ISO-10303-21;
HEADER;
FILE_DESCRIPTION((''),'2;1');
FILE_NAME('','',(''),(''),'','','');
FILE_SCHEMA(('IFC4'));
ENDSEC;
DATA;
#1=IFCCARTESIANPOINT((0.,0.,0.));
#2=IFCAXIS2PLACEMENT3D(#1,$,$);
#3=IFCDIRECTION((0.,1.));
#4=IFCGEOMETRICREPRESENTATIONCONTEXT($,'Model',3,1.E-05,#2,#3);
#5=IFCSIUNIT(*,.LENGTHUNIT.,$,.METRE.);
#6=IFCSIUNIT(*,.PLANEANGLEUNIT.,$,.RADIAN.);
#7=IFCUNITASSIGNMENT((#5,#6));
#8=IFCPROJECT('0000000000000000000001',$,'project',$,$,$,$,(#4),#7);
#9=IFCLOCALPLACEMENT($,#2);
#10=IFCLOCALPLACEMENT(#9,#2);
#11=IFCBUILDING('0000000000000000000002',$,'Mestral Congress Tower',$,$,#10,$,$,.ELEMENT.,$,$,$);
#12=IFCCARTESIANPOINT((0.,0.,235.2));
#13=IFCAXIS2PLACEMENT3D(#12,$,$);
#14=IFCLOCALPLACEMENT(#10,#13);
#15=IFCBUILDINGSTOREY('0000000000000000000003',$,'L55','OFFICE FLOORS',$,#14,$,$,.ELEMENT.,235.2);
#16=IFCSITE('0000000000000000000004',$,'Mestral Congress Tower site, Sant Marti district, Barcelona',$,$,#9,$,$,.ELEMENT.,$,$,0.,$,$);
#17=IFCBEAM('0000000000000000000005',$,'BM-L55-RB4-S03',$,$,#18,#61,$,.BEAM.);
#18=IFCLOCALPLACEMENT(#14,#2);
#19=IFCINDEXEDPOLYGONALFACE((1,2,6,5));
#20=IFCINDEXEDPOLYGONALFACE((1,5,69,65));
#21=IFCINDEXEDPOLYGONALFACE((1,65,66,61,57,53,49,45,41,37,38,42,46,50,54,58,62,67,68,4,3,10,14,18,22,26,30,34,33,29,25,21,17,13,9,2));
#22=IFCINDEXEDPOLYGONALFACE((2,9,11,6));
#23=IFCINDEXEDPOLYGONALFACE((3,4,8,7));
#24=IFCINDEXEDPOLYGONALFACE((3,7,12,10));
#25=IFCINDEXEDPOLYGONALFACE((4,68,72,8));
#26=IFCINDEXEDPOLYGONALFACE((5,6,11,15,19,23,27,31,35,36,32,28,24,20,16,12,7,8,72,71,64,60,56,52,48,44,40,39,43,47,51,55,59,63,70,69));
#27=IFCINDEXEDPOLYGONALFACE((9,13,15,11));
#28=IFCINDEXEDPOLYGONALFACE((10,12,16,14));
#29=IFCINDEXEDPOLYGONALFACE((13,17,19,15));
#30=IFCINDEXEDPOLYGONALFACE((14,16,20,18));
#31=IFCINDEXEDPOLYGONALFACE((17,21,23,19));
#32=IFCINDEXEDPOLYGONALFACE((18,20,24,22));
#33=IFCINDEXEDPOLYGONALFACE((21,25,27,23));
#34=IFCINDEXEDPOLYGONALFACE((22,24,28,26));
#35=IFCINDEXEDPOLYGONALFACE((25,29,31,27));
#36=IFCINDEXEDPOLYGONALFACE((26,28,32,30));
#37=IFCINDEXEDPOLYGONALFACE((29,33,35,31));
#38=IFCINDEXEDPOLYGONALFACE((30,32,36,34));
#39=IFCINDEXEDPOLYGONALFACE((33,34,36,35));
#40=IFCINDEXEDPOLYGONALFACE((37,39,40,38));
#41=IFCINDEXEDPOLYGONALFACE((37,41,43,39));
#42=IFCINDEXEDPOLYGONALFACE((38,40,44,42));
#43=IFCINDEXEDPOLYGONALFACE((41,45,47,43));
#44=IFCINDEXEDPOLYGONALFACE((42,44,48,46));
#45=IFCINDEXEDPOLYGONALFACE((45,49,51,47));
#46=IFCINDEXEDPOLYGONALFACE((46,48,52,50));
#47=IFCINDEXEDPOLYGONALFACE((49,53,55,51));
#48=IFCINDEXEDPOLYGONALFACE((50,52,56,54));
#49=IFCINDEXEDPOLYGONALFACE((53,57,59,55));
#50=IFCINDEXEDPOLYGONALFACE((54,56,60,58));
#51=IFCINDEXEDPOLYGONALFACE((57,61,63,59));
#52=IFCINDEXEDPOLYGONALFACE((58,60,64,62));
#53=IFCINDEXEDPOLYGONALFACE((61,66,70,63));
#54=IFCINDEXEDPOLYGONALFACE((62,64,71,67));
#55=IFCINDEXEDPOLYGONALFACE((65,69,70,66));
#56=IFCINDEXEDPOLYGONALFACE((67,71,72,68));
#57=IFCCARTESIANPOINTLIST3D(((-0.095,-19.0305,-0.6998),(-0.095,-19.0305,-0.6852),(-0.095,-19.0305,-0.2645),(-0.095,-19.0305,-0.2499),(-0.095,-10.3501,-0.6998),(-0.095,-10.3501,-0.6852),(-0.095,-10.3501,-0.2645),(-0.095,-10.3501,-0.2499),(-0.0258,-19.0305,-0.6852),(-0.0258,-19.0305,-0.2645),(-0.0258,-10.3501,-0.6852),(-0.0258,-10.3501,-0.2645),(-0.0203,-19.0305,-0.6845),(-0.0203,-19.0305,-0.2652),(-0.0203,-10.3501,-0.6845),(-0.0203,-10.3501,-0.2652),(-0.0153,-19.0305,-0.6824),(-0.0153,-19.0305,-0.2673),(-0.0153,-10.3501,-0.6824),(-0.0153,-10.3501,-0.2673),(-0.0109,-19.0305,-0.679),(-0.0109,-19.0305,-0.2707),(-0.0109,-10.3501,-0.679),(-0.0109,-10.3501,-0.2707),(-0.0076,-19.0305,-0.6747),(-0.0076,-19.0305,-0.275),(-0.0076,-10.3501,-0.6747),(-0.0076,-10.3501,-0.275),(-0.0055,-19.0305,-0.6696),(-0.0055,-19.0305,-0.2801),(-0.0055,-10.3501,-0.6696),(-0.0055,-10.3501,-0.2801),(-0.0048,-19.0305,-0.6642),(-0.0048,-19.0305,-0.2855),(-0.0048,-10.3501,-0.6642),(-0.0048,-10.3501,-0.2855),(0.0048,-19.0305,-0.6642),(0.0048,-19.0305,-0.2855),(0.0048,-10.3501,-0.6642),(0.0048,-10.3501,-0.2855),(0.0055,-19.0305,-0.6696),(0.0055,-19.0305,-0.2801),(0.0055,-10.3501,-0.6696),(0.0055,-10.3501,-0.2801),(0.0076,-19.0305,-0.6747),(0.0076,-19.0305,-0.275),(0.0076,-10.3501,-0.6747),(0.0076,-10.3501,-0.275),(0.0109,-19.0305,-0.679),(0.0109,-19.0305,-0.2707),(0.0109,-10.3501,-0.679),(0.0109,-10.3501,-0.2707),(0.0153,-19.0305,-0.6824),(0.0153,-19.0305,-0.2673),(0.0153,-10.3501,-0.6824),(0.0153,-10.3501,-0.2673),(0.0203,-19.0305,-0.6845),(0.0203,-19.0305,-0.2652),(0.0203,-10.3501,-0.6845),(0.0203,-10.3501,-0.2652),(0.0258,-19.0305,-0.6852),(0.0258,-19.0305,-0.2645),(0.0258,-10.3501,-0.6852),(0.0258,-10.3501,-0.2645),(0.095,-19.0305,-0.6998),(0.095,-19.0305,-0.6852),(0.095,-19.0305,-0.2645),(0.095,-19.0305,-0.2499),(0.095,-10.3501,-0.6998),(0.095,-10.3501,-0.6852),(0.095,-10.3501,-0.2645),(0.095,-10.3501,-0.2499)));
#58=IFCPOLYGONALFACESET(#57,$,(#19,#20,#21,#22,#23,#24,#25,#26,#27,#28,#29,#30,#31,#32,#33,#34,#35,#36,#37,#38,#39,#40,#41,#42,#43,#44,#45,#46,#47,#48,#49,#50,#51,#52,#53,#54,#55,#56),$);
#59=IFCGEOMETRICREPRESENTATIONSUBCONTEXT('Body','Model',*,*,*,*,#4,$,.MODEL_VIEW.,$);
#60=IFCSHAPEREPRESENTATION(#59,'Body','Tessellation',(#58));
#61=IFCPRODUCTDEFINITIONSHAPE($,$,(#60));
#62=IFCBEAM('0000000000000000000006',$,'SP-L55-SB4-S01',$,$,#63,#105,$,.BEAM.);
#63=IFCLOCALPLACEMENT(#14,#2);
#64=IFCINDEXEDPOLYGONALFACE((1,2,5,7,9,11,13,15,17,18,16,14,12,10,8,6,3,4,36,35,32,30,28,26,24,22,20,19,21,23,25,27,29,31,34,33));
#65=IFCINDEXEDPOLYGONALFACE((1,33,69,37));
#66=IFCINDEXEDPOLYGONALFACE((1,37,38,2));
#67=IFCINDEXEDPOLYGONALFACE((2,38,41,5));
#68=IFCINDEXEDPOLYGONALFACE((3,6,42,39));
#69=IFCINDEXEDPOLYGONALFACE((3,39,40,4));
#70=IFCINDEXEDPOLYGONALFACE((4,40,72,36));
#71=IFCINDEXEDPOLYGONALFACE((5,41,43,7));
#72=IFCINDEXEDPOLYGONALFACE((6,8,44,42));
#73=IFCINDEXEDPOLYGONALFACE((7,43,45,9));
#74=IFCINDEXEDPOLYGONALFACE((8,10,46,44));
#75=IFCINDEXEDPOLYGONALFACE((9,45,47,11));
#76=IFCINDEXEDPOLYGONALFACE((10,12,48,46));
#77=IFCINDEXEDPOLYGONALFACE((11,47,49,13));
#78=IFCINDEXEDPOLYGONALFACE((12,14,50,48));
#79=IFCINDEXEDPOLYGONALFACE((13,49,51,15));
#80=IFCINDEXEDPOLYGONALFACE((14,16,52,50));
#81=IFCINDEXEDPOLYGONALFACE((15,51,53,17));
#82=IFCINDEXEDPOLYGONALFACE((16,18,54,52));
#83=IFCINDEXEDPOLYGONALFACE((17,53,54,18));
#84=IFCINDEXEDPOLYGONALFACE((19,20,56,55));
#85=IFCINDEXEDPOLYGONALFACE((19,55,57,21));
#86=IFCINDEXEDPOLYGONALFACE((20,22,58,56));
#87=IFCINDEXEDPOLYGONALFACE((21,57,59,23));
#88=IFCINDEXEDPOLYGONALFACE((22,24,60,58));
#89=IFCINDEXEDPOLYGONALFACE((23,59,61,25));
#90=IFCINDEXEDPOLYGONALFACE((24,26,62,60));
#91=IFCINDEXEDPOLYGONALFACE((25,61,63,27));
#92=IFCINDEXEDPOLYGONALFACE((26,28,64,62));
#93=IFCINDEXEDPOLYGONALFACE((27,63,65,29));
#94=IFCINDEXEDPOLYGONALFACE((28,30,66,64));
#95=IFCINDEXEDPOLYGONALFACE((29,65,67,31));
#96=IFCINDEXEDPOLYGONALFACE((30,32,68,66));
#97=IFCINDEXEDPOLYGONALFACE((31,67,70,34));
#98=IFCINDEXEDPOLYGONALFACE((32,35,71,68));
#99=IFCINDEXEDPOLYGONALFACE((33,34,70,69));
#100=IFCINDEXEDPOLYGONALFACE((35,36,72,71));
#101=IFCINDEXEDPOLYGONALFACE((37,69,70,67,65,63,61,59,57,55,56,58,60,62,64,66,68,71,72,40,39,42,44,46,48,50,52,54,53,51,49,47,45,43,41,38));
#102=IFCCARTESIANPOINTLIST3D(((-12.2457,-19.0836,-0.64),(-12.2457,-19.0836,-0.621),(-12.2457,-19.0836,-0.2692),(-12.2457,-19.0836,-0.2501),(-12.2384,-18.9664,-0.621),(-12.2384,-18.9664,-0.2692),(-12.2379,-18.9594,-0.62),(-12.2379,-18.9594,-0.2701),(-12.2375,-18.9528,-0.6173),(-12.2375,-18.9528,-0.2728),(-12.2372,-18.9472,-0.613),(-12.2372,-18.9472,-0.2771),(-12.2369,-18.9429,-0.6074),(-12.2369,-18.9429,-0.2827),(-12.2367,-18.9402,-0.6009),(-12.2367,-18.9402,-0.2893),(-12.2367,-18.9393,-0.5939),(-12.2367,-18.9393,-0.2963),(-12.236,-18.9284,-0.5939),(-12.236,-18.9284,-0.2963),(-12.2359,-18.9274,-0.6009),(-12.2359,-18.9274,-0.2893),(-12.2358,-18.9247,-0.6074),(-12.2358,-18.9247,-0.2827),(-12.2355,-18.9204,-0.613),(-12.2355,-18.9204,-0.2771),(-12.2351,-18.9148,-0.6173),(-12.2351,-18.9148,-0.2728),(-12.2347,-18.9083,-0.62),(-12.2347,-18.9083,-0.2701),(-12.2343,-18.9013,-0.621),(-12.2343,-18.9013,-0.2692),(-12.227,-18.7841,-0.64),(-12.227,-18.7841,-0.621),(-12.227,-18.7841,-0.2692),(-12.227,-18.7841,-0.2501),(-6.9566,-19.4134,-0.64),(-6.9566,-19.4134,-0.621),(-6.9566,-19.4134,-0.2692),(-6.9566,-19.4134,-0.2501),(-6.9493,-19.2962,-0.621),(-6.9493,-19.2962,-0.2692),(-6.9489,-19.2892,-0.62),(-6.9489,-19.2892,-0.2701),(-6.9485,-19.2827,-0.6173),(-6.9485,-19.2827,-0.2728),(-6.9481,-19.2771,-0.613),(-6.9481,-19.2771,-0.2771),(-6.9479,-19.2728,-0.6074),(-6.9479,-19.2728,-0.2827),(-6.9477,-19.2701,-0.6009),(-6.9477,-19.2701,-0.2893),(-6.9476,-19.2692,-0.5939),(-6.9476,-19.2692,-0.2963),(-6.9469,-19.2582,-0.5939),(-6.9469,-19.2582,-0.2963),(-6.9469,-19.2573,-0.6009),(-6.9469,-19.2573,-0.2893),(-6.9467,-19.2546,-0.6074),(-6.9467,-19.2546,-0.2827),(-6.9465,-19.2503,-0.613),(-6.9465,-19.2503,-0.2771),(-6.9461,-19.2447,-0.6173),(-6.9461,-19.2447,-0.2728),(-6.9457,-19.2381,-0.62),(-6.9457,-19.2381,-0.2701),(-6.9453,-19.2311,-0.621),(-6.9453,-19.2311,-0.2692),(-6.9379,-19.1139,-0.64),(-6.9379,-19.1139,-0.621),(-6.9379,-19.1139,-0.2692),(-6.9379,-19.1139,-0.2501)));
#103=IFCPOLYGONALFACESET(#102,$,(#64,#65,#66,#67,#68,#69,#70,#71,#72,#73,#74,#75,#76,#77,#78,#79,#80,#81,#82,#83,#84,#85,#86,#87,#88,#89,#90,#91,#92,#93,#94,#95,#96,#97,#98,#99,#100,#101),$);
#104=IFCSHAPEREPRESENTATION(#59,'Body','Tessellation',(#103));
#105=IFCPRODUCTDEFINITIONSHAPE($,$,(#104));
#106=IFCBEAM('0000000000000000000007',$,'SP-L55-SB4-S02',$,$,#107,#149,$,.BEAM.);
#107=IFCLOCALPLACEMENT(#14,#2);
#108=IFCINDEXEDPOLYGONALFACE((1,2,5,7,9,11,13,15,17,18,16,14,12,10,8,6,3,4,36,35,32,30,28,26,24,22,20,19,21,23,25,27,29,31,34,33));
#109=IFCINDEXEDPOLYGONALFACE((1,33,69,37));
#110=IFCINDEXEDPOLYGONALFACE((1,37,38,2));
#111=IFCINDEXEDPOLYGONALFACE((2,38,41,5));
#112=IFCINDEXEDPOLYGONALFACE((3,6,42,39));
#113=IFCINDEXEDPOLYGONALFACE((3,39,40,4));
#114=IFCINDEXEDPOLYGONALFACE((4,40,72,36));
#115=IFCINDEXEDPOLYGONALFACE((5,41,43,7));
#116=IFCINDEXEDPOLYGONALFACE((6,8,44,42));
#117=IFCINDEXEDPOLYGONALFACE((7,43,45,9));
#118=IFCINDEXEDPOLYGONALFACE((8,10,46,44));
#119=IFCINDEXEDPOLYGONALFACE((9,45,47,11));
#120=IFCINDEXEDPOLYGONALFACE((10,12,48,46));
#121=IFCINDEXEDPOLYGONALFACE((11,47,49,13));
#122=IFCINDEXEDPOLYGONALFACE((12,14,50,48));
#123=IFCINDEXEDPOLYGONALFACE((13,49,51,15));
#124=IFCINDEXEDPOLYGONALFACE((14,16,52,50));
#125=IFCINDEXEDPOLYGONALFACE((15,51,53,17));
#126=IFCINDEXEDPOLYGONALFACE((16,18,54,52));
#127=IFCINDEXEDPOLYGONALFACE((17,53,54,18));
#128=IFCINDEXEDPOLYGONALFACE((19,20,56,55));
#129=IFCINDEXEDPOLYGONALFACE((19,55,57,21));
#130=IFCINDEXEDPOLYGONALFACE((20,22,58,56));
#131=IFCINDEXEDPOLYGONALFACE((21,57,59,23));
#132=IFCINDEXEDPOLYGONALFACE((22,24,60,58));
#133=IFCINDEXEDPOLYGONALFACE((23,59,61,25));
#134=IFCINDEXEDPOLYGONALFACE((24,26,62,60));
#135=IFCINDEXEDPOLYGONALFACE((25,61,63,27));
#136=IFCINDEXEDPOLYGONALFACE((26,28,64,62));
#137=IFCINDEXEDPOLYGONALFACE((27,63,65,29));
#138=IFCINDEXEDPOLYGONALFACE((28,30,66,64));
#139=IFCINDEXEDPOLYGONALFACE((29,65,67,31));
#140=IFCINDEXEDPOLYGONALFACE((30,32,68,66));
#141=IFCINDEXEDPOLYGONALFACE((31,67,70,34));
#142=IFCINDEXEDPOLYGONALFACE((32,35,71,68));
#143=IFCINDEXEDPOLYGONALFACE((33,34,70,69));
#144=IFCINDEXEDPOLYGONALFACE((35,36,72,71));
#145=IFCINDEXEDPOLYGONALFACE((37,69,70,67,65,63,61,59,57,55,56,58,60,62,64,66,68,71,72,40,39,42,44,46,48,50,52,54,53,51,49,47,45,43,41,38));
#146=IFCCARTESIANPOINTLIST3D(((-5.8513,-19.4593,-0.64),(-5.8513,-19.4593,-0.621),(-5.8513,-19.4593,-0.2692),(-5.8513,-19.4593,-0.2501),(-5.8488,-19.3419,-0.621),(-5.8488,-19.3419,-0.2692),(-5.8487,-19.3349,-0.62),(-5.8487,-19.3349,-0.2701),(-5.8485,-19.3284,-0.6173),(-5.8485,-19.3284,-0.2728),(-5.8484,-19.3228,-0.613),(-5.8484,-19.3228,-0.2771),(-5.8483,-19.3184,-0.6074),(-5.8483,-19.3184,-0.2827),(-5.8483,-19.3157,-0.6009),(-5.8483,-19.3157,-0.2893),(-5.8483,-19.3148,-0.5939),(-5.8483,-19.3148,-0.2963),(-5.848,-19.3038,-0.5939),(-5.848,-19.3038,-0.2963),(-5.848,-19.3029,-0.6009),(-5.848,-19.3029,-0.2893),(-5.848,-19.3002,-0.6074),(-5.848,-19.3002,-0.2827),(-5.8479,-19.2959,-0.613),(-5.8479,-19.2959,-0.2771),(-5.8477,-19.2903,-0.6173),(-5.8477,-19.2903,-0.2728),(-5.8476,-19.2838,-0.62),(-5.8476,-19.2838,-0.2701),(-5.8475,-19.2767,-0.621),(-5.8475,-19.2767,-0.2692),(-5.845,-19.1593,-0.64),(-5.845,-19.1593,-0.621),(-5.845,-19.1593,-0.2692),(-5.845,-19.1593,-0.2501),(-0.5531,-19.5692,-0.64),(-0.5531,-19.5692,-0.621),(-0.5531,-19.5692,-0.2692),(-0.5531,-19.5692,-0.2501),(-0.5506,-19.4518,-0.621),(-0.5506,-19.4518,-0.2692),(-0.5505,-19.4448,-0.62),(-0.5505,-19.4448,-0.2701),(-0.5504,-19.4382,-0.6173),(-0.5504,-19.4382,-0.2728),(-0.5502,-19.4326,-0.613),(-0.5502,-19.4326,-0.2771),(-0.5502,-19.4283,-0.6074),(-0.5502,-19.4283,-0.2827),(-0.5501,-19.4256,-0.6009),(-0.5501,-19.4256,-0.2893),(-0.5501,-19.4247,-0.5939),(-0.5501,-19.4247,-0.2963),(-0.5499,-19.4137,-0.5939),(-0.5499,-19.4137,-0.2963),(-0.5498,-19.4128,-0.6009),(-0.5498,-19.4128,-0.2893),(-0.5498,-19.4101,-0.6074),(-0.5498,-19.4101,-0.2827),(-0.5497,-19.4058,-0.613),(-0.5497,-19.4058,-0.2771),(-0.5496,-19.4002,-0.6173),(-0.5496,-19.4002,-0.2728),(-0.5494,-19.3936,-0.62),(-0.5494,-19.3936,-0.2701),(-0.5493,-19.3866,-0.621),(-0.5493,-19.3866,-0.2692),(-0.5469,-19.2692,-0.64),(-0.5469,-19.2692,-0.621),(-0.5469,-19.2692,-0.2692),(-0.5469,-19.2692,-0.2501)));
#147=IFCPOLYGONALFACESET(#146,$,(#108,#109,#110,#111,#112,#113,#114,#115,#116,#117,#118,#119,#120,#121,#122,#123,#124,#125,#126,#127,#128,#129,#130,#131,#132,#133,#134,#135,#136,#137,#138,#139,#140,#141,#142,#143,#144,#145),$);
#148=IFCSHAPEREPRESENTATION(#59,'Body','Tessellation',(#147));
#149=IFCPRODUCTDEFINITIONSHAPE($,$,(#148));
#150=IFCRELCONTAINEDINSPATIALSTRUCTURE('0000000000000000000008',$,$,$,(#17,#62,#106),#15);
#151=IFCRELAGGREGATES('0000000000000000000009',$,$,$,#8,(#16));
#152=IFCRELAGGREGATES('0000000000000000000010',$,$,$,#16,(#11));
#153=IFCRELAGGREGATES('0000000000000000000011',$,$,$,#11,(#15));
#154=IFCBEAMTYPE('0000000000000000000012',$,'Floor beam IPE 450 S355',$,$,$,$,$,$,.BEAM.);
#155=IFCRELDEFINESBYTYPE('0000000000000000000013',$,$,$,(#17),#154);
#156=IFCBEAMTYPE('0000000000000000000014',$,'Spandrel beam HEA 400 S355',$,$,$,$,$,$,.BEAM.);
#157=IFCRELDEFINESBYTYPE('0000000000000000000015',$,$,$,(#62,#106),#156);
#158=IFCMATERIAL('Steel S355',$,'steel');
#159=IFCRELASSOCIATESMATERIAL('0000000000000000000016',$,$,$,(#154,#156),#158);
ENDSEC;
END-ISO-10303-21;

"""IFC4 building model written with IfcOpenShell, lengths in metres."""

from ifc_helpers import new_model, si_unit, direction, frame, origin, origin_2d, place, context, subcontext, project, spatial, i_section, extrude, material, material_profile, profile_set, type_object, element, save


model = new_model("IFC4")

# Units and contexts
model_context = context("Model", 3, precision=1e-05, world=origin(), true_north=direction((0.0, 1.0)))
body_context = subcontext(model_context, "Body", "Model", "MODEL_VIEW")
ifc_project = project(units=[si_unit("LENGTHUNIT", "METRE"), si_unit("PLANEANGLEUNIT", "RADIAN")], contexts=[model_context])

# Site, building, storey
site_placement = place(None, origin())
site = spatial("IfcSite", under=ifc_project, at=site_placement, Name="Mestral Congress Tower site, Sant Marti district, Barcelona", CompositionType="ELEMENT", RefElevation=0.0)
building_placement = place(site_placement, origin())
building = spatial("IfcBuilding", under=site, at=building_placement, Name="Mestral Congress Tower", CompositionType="ELEMENT")
storey_placement = place(building_placement, frame((0.0, 0.0, 235.2)))
storey = spatial("IfcBuildingStorey", under=building, at=storey_placement, Name="L55", Description="OFFICE FLOORS", CompositionType="ELEMENT", Elevation=235.2)

# Beams
ifc_material_1 = material(Name="Steel S355", Category="steel")
ifc_material_profile_1 = material_profile(ifc_material_1, i_section(OverallWidth=0.1899, OverallDepth=0.45, WebThickness=0.0095, FlangeThickness=0.0146, FilletRadius=0.021, at=origin_2d()), Name="IPE 450")
ifc_profile_set_1 = profile_set([ifc_material_profile_1], Name="Steel S355")
beam_type_1 = type_object("IfcBeamType", Name="Floor beam IPE 450 S355", PredefinedType="BEAM", material=ifc_profile_set_1)
beam_1_placement = place(storey_placement, frame((0.0, -19.0305, -0.4749), z_axis=(0.0, 1.0, 0.0), x_axis=(-1.0, 0.0, 0.0)))
element("IfcBeam", 1, at=beam_1_placement, inside=storey, type_object=beam_type_1, Name="BM-L55-RB4-S03", PredefinedType="BEAM", context=body_context, shape_type="SweptSolid", body=[
    extrude(i_section(OverallWidth=0.1899, OverallDepth=0.45, WebThickness=0.0095, FlangeThickness=0.0146, FilletRadius=0.021, at=origin_2d()), origin(), (0.0, 0.0, 1.0), 8.6804),
])
ifc_material_profile_2 = material_profile(ifc_material_1, i_section(OverallWidth=0.3, OverallDepth=0.3899, WebThickness=0.011, FlangeThickness=0.019, FilletRadius=0.0271, at=origin_2d()), Name="HEA 400")
ifc_profile_set_2 = profile_set([ifc_material_profile_2], Name="Steel S355")
beam_type_2 = type_object("IfcBeamType", Name="Spandrel beam HEA 400 S355", PredefinedType="BEAM", material=ifc_profile_set_2)
for number, where, z_axis, x_axis, name in (
    (2, (-12.2363, -18.9338, -0.4451), (0.998061, -0.062241, 0.0), (0.062241, 0.998061, 0.0), "SP-L55-SB4-S01"),
    (3, (-5.8481, -19.3093, -0.4451), (0.999785, -0.020732, 0.0), (0.020732, 0.999785, 0.0), "SP-L55-SB4-S02"),
):
    element("IfcBeam", number, at=place(storey_placement, frame(where, z_axis=z_axis, x_axis=x_axis)), inside=storey, type_object=beam_type_2, Name=name, PredefinedType="BEAM", context=body_context, shape_type="SweptSolid", body=[
        extrude(i_section(OverallWidth=0.3, OverallDepth=0.3899, WebThickness=0.011, FlangeThickness=0.019, FilletRadius=0.0271, at=origin_2d()), origin(), (0.0, 0.0, 1.0), 5.2993),
    ])

save(model, "model.ifc")
